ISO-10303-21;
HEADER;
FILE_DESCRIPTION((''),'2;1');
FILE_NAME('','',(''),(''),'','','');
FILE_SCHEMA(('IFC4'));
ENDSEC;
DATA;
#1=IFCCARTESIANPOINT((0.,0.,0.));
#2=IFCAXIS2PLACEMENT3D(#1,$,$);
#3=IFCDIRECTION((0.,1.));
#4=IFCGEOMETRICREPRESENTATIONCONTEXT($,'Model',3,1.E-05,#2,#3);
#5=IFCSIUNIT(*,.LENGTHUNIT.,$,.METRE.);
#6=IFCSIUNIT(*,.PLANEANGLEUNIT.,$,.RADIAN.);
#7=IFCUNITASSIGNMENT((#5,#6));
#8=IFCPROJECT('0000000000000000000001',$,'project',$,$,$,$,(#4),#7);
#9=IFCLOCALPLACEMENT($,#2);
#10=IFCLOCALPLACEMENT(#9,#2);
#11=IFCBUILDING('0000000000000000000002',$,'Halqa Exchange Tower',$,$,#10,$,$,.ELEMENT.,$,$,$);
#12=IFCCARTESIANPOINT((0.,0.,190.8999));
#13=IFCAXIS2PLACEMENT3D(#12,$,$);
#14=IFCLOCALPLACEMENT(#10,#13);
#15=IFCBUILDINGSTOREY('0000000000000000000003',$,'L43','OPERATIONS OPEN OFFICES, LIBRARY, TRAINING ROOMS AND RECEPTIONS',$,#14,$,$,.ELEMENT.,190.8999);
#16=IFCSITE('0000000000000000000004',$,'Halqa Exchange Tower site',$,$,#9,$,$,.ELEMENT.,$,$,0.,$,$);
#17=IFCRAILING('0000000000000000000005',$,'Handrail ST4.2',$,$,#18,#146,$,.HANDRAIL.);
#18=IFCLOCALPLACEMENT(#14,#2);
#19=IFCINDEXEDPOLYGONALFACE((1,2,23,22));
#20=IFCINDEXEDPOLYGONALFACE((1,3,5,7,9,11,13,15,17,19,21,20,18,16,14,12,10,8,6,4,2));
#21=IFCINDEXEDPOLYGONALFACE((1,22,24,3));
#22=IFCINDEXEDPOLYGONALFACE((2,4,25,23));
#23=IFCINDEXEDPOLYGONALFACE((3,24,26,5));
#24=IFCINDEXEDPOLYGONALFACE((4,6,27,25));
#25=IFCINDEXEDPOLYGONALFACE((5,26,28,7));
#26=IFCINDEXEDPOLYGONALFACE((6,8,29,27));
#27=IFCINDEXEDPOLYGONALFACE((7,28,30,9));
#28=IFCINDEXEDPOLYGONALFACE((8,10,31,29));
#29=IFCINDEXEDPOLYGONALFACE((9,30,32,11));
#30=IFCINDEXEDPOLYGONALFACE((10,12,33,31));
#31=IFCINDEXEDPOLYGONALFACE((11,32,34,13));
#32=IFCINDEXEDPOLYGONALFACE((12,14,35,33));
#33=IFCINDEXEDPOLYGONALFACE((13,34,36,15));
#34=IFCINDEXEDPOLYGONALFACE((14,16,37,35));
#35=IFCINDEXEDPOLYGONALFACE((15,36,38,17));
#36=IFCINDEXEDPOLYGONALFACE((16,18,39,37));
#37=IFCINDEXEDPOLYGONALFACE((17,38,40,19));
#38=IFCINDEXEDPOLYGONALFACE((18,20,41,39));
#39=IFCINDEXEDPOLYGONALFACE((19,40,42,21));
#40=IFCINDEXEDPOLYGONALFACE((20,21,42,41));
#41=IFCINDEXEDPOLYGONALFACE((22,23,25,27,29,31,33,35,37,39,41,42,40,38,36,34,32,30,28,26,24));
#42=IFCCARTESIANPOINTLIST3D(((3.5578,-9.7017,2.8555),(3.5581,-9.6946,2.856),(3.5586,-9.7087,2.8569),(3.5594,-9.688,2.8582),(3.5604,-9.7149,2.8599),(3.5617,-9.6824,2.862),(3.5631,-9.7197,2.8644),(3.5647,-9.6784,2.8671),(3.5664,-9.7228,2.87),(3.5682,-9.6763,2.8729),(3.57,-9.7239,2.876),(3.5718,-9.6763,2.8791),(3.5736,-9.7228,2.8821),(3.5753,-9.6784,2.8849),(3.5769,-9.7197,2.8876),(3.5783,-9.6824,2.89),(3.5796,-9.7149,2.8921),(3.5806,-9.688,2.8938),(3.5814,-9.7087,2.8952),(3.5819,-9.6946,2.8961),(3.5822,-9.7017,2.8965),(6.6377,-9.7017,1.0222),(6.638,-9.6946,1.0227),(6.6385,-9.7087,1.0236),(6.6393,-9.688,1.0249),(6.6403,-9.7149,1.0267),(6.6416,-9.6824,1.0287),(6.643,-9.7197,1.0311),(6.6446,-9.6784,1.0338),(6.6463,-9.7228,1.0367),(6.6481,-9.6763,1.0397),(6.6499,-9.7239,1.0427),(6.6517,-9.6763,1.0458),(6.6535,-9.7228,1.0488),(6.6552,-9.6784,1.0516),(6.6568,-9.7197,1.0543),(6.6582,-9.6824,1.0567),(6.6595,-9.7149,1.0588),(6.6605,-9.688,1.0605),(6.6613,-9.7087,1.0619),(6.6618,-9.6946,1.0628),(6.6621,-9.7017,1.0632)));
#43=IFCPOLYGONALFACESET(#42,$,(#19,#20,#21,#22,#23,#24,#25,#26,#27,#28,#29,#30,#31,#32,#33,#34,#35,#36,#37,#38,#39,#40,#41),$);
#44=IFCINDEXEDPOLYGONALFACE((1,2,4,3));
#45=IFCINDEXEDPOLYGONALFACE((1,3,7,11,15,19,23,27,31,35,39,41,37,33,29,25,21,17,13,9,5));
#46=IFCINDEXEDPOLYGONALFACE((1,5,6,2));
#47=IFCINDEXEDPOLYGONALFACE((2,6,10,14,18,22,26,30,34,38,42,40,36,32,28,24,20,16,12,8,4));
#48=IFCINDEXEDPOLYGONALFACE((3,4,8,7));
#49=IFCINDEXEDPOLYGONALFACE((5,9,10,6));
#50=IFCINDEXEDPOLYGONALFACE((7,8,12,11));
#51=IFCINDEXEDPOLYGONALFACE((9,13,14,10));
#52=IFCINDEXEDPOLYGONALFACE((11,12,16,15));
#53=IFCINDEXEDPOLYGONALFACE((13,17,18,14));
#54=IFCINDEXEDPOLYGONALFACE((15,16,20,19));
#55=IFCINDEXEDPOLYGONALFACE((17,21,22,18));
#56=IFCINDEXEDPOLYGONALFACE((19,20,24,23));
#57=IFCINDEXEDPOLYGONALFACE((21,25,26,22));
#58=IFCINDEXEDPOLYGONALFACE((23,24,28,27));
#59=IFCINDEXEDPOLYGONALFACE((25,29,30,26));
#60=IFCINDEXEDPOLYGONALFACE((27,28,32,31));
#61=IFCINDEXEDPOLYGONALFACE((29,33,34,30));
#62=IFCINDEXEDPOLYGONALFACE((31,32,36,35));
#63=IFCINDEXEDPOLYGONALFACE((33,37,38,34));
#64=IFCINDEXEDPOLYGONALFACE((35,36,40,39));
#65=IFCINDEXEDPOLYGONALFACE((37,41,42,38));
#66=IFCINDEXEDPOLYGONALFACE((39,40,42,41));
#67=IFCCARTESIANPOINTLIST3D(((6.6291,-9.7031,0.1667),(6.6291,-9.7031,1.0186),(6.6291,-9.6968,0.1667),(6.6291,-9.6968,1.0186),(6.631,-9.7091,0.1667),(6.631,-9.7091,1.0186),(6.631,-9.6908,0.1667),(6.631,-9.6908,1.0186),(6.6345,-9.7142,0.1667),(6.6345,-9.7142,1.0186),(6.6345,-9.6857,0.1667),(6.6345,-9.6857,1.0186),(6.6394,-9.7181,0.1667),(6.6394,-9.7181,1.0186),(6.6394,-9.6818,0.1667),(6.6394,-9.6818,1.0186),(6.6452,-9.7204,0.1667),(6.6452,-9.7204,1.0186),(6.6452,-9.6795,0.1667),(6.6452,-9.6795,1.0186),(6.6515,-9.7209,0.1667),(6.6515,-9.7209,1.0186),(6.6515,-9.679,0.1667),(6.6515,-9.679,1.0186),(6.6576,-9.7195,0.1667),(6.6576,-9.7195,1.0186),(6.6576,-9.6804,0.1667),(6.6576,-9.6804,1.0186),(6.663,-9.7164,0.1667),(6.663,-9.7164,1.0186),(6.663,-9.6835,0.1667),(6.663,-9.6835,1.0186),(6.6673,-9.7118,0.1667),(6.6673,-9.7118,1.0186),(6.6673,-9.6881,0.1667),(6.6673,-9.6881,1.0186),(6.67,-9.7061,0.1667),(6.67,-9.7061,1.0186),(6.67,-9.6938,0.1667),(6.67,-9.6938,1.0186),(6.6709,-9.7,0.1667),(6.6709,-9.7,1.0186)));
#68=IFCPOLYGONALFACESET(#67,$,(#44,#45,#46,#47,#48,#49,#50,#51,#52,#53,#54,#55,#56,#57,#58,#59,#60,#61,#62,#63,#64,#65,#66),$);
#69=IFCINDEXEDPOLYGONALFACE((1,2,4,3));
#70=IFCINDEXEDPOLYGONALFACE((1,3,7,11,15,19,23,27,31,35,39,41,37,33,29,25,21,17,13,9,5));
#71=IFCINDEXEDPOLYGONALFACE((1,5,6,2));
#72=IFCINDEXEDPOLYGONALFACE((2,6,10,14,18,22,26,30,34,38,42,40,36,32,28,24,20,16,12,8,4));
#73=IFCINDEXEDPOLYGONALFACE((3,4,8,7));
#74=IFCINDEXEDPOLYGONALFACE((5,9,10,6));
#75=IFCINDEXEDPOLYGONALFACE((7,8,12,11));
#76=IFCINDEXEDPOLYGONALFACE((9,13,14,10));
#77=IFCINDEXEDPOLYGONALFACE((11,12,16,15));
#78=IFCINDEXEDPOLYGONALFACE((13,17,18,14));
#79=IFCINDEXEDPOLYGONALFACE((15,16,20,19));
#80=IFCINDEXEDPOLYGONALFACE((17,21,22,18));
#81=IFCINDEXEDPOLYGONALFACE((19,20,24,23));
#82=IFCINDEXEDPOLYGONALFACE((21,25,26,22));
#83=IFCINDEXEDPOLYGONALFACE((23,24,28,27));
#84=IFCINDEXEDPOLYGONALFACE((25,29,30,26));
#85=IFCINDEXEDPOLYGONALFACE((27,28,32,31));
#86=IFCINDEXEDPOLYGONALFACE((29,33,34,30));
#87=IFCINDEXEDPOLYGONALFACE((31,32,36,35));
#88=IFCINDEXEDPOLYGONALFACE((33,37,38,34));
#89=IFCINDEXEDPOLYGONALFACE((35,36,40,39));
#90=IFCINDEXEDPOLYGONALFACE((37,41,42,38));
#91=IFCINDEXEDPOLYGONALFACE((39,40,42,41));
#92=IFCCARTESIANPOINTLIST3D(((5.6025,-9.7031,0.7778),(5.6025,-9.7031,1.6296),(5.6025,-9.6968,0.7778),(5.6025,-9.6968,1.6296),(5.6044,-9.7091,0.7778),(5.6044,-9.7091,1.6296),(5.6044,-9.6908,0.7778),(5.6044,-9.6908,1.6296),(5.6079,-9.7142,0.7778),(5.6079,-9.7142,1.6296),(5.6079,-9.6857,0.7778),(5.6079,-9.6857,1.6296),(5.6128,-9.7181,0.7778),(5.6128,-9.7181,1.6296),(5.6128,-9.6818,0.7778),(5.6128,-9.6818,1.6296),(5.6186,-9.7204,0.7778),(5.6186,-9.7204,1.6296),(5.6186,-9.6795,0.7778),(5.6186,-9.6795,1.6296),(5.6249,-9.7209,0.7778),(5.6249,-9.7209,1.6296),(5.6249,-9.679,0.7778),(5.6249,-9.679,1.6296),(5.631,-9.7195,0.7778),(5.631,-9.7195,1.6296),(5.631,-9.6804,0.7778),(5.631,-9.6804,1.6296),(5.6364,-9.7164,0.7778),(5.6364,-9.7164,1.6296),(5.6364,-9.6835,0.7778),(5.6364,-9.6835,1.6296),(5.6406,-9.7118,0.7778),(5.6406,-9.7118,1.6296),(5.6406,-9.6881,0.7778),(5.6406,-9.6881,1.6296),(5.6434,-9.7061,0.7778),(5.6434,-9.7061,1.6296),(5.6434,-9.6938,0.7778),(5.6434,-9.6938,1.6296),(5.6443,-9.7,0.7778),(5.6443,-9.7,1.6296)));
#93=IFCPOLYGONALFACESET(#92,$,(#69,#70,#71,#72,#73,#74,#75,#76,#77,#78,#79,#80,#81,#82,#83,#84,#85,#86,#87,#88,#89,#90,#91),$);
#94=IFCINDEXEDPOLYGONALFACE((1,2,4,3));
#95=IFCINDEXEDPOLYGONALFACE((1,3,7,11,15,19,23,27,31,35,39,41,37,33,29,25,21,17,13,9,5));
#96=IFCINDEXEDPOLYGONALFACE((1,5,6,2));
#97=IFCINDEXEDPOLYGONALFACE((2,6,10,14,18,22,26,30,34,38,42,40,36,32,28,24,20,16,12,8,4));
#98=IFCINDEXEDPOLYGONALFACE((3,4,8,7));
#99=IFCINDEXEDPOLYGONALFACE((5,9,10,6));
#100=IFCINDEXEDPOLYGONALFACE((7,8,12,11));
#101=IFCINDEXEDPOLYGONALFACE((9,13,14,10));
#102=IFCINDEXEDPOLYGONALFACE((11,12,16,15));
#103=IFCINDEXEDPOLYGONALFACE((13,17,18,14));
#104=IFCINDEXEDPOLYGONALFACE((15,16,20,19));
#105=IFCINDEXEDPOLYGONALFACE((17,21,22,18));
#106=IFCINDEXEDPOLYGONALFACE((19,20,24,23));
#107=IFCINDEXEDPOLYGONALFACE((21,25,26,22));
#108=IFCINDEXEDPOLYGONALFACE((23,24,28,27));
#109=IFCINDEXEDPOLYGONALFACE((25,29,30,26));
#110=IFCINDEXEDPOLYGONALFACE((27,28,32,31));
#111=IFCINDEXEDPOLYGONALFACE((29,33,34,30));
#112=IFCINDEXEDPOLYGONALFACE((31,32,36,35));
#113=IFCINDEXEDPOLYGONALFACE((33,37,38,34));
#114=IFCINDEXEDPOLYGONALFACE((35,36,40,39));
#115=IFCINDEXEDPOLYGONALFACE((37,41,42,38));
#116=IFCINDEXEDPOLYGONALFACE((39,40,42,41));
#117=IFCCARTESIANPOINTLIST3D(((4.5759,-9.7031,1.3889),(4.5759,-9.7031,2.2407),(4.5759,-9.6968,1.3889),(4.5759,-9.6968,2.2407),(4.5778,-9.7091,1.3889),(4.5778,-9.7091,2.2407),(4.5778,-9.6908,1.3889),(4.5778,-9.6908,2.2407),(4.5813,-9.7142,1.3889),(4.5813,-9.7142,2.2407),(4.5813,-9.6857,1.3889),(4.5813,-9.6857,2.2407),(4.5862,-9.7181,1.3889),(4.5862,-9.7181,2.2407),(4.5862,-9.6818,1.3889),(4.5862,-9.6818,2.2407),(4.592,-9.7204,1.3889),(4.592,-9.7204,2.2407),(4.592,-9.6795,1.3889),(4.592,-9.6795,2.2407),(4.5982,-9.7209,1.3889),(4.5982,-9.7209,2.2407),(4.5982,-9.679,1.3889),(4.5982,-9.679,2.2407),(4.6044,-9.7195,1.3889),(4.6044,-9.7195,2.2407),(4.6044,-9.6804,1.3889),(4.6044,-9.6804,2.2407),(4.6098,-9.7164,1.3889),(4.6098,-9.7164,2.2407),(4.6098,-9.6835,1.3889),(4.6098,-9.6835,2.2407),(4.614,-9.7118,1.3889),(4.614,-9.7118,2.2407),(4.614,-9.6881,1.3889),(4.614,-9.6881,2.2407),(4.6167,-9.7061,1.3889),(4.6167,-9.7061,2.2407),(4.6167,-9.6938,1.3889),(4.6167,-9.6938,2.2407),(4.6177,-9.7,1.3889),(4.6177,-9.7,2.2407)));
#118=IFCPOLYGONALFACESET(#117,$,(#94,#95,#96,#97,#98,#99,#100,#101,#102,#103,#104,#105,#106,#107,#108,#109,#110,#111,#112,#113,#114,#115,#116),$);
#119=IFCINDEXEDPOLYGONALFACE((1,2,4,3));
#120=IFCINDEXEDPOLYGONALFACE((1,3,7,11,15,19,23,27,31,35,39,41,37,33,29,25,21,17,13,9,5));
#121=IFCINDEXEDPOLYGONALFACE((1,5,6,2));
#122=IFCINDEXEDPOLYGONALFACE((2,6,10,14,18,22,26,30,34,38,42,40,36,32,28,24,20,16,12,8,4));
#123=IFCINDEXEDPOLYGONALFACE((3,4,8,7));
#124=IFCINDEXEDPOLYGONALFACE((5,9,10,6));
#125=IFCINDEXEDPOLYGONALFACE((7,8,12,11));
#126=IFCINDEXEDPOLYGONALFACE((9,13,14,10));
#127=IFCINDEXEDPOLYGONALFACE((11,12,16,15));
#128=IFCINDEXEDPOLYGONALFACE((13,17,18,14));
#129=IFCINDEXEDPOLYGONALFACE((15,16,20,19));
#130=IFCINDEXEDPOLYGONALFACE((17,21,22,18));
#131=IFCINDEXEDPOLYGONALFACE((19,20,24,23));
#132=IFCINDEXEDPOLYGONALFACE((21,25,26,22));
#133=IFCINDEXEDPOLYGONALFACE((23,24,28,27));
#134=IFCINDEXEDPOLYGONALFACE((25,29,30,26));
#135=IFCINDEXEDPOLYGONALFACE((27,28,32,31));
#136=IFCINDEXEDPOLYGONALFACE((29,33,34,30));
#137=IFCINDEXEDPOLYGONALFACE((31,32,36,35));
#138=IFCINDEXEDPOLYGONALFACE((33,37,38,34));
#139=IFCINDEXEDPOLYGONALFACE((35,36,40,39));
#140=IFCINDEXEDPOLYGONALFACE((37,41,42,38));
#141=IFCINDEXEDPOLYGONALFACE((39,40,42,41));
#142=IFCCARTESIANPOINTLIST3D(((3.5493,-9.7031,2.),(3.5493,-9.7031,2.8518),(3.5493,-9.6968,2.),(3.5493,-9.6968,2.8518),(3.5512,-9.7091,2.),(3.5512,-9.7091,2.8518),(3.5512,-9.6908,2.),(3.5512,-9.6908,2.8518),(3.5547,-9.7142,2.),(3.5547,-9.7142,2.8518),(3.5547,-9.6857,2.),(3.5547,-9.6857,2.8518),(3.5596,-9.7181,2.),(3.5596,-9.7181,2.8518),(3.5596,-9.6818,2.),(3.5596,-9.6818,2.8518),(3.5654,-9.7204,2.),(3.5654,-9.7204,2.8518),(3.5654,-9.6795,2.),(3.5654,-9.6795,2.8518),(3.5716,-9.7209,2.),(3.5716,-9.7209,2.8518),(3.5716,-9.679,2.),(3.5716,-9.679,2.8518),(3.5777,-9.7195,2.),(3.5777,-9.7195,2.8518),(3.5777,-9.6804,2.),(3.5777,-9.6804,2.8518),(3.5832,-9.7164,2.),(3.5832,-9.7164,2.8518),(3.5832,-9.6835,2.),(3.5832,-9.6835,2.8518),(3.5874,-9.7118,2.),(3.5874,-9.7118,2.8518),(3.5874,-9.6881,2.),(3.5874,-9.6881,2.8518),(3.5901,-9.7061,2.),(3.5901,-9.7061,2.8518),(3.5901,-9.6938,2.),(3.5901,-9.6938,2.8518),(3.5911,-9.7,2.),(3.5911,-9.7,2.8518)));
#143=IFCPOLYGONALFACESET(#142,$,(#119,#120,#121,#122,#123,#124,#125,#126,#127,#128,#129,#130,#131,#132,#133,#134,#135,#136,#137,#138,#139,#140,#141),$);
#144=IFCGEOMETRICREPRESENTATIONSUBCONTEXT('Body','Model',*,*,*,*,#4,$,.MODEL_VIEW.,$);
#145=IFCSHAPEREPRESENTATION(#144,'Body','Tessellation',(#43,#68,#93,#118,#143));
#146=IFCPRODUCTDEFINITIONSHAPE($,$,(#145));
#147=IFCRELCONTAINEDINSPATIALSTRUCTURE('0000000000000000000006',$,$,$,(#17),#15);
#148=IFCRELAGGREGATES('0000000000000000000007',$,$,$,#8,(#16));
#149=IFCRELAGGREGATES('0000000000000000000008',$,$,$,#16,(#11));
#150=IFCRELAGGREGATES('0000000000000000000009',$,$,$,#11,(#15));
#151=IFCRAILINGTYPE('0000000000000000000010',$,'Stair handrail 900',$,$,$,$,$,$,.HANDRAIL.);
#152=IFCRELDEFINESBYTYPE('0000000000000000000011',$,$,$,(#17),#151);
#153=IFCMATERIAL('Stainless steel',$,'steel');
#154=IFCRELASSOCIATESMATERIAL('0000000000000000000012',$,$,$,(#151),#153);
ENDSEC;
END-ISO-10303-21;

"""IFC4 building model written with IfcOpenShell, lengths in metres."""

from ifc_helpers import new_model, si_unit, direction, frame, origin, origin_2d, place, context, subcontext, project, spatial, circle, extrude, material, type_object, element, save


model = new_model("IFC4")

# Units and contexts
model_context = context("Model", 3, precision=1e-05, world=origin(), true_north=direction((0.0, 1.0)))
body_context = subcontext(model_context, "Body", "Model", "MODEL_VIEW")
ifc_project = project(units=[si_unit("LENGTHUNIT", "METRE"), si_unit("PLANEANGLEUNIT", "RADIAN")], contexts=[model_context])

# Site, building, storey
site_placement = place(None, origin())
site = spatial("IfcSite", under=ifc_project, at=site_placement, Name="Halqa Exchange Tower site", CompositionType="ELEMENT", RefElevation=0.0)
building_placement = place(site_placement, origin())
building = spatial("IfcBuilding", under=site, at=building_placement, Name="Halqa Exchange Tower", CompositionType="ELEMENT")
storey_placement = place(building_placement, frame((0.0, 0.0, 190.8999)))
storey = spatial("IfcBuildingStorey", under=building, at=storey_placement, Name="L43", Description="OPERATIONS OPEN OFFICES, LIBRARY, TRAINING ROOMS AND RECEPTIONS", CompositionType="ELEMENT", Elevation=190.8999)

# Railing
ifc_material_1 = material(Name="Stainless steel", Category="steel")
railing_type_1 = type_object("IfcRailingType", Name="Stair handrail 900", PredefinedType="HANDRAIL", material=ifc_material_1)
railing_1_placement = place(storey_placement, frame((6.6499, -9.7, 0.1667)))
element("IfcRailing", 1, at=railing_1_placement, inside=storey, type_object=railing_type_1, Name="Handrail ST4.2", PredefinedType="HANDRAIL", context=body_context, shape_type="SweptSolid", body=[
    extrude(circle(Radius=0.0239, at=origin_2d()), frame((0.0, 0.0, 0.876), z_axis=(-0.859291, 0.0, 0.511487), x_axis=(0.0, -1.0, 0.0)), (0.0, 0.0, 1.0), 3.5842),
    extrude(circle(Radius=0.021, at=origin_2d()), origin(), (0.0, 0.0, 1.0), 0.8518),
    extrude(circle(Radius=0.021, at=origin_2d()), frame((-1.0266, 0.0, 0.6111)), (0.0, 0.0, 1.0), 0.8518),
    extrude(circle(Radius=0.021, at=origin_2d()), frame((-2.0532, 0.0, 1.2222)), (0.0, 0.0, 1.0), 0.8518),
    extrude(circle(Radius=0.021, at=origin_2d()), frame((-3.0798, 0.0, 1.8333)), (0.0, 0.0, 1.0), 0.8518),
])

save(model, "model.ifc")
